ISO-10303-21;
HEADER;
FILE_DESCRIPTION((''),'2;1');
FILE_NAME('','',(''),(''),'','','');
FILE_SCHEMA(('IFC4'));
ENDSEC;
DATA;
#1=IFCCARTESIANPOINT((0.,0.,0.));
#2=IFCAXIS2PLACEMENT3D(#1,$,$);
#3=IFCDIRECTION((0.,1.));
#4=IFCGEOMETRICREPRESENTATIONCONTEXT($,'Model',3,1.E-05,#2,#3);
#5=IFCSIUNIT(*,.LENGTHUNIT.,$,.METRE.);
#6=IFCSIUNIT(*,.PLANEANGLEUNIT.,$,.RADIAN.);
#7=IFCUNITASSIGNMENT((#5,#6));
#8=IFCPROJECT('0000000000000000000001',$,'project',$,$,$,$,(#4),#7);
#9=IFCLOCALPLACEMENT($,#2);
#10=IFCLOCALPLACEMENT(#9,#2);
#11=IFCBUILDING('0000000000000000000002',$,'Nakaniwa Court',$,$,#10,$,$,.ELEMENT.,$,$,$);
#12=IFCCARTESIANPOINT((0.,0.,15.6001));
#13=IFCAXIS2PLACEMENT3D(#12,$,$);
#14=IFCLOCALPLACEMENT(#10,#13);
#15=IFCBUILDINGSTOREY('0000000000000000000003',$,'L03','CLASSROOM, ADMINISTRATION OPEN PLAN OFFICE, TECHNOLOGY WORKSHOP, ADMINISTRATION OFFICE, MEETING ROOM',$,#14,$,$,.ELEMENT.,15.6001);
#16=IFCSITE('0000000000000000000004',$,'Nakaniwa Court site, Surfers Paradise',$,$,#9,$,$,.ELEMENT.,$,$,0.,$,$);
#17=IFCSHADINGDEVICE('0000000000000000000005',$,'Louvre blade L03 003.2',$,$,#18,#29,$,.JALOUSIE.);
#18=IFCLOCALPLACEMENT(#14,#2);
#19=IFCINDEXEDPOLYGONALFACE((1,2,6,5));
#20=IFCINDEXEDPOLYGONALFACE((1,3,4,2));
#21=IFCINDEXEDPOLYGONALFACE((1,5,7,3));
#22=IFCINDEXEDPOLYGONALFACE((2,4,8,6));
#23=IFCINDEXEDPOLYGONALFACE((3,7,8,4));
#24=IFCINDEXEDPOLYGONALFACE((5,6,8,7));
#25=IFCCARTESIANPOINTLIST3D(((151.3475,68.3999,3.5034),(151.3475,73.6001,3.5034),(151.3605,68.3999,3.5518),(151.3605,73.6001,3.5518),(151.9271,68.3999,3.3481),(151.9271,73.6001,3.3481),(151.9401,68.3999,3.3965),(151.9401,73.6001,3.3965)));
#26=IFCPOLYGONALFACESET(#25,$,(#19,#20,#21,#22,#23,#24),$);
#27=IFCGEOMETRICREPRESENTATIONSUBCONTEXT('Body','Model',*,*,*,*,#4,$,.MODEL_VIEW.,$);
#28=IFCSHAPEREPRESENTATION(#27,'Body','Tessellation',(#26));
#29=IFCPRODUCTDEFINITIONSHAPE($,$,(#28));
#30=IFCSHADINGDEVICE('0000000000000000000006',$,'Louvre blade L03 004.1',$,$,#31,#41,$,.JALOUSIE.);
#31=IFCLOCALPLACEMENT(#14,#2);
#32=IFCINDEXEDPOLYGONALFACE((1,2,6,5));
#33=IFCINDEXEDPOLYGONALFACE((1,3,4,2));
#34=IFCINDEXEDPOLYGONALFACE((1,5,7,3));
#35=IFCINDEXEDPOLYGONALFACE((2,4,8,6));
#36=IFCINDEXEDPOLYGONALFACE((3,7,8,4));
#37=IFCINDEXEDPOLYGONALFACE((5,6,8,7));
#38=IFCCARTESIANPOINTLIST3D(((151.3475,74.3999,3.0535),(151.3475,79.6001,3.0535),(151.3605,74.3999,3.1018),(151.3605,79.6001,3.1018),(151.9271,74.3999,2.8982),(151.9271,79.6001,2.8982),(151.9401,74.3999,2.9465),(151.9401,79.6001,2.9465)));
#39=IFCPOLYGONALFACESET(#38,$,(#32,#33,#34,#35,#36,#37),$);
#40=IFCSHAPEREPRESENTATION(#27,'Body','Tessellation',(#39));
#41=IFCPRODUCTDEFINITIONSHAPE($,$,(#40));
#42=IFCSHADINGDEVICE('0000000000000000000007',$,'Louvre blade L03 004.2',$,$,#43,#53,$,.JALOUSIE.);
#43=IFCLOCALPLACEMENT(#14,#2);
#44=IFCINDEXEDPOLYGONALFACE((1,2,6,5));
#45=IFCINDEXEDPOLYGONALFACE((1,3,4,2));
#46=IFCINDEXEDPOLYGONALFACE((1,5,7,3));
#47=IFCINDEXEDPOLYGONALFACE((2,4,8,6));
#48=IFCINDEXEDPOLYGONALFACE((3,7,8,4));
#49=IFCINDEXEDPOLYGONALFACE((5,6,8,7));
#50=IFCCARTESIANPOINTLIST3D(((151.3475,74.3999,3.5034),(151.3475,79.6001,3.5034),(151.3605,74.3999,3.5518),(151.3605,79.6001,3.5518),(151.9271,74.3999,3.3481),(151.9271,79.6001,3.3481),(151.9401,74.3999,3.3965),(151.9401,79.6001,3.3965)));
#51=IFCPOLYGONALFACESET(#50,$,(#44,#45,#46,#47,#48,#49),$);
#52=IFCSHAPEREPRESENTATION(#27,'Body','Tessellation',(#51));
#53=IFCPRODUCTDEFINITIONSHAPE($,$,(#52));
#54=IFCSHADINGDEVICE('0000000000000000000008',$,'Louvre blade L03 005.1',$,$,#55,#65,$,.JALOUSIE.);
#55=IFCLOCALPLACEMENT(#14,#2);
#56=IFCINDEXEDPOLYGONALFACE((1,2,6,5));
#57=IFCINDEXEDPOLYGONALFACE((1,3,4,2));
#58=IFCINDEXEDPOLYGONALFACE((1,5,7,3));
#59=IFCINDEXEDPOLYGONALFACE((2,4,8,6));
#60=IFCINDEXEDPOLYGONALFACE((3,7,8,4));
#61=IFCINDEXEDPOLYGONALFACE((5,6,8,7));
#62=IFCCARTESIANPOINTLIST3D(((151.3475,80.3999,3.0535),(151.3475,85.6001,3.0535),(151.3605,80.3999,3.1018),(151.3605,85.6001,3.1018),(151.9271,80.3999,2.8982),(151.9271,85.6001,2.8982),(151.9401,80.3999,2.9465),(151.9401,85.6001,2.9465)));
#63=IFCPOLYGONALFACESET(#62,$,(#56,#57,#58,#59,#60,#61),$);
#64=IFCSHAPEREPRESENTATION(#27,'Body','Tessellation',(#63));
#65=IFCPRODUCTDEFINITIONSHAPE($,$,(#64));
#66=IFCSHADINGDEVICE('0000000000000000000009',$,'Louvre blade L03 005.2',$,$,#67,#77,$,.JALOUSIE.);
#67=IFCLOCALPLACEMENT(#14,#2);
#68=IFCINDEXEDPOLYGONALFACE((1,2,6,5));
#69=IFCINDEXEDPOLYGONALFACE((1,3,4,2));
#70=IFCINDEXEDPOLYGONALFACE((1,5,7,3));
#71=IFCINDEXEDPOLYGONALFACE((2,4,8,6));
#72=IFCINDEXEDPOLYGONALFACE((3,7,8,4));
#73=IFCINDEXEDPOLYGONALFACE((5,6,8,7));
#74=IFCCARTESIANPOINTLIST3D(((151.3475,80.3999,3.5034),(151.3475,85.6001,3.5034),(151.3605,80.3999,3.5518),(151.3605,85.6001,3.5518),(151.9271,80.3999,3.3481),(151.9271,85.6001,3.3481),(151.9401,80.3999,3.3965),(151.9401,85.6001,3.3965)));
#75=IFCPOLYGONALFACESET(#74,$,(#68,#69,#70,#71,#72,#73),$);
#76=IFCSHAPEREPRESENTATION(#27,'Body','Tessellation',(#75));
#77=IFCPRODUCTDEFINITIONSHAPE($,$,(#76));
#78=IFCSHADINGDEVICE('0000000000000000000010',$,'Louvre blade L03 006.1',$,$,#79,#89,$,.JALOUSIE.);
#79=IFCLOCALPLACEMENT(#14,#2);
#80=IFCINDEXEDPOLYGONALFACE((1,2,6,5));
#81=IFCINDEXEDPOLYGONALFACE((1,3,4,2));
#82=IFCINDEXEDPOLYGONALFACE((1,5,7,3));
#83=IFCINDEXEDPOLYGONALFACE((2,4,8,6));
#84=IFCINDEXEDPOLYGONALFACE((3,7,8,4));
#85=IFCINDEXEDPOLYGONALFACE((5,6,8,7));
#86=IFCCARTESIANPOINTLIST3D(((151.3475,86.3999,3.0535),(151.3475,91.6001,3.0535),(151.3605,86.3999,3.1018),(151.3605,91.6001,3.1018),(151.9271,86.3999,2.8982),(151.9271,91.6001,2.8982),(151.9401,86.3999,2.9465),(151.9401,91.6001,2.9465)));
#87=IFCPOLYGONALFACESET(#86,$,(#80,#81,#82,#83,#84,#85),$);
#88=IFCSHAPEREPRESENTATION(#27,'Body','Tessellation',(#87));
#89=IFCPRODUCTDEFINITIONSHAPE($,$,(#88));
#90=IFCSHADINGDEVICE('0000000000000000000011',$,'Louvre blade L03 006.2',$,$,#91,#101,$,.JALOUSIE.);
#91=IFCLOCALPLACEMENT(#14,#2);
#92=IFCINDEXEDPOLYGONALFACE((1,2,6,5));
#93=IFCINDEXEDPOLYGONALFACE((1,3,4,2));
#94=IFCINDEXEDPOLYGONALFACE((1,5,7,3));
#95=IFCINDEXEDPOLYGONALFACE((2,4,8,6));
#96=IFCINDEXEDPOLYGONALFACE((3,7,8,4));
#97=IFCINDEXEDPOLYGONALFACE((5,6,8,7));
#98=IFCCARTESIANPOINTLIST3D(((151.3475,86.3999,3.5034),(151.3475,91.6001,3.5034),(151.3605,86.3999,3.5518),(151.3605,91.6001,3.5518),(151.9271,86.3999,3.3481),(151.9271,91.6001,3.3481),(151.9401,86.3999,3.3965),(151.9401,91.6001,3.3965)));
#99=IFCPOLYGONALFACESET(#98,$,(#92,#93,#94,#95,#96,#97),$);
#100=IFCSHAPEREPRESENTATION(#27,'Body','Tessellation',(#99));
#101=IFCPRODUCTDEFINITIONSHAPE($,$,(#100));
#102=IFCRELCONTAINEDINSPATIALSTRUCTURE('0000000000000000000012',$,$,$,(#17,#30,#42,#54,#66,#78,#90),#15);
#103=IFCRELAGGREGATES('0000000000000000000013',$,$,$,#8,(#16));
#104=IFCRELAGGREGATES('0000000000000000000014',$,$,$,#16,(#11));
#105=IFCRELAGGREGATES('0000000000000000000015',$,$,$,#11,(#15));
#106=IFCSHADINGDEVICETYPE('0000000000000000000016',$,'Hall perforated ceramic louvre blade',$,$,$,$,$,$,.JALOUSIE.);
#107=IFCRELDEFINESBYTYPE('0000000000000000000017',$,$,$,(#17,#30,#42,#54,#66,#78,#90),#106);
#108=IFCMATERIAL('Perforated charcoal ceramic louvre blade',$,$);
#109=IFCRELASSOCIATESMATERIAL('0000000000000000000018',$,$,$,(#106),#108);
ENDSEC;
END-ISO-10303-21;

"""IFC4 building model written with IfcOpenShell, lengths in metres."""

from ifc_helpers import new_model, si_unit, direction, frame, origin, origin_2d, place, context, subcontext, project, spatial, rectangle, extrude, material, material_profile, profile_set, type_object, element, save


model = new_model("IFC4")

# Units and contexts
model_context = context("Model", 3, precision=1e-05, world=origin(), true_north=direction((0.0, 1.0)))
body_context = subcontext(model_context, "Body", "Model", "MODEL_VIEW")
ifc_project = project(units=[si_unit("LENGTHUNIT", "METRE"), si_unit("PLANEANGLEUNIT", "RADIAN")], contexts=[model_context])

# Site, building, storey
site_placement = place(None, origin())
site = spatial("IfcSite", under=ifc_project, at=site_placement, Name="Nakaniwa Court site, Surfers Paradise", CompositionType="ELEMENT", RefElevation=0.0)
building_placement = place(site_placement, origin())
building = spatial("IfcBuilding", under=site, at=building_placement, Name="Nakaniwa Court", CompositionType="ELEMENT")
storey_placement = place(building_placement, frame((0.0, 0.0, 15.6001)))
storey = spatial("IfcBuildingStorey", under=building, at=storey_placement, Name="L03", Description="CLASSROOM, ADMINISTRATION OPEN PLAN OFFICE, TECHNOLOGY WORKSHOP, ADMINISTRATION OFFICE, MEETING ROOM", CompositionType="ELEMENT", Elevation=15.6001)

# Shading devices
ifc_material_1 = material(Name="Perforated charcoal ceramic louvre blade")
ifc_material_profile_1 = material_profile(ifc_material_1, rectangle(XDim=0.6001, YDim=0.05, at=origin_2d()), Name="Hall perforated ceramic louvre blade")
ifc_profile_set_1 = profile_set([ifc_material_profile_1], Name="Perforated charcoal ceramic louvre blade")
shading_device_type = type_object("IfcShadingDeviceType", Name="Hall perforated ceramic louvre blade", PredefinedType="JALOUSIE", material=ifc_profile_set_1)
for number, where, z_axis, x_axis, name in (
    (1, (151.6438, 68.3999, 3.45), (0.0, 1.0, 0.0), (-0.965926, 0.0, 0.258819), "Louvre blade L03 003.2"),
    (2, (151.6438, 74.3999, 3.0), (0.0, 1.0, 0.0), (-0.965926, 0.0, 0.258819), "Louvre blade L03 004.1"),
    (3, (151.6438, 74.3999, 3.45), (0.0, 1.0, 0.0), (-0.965926, 0.0, 0.258819), "Louvre blade L03 004.2"),
    (4, (151.6438, 80.3999, 3.0), (0.0, 1.0, 0.0), (-0.965926, 0.0, 0.258819), "Louvre blade L03 005.1"),
    (5, (151.6438, 80.3999, 3.45), (0.0, 1.0, 0.0), (-0.965926, 0.0, 0.258819), "Louvre blade L03 005.2"),
    (6, (151.6438, 86.3999, 3.0), (0.0, 1.0, 0.0), (-0.965926, 0.0, 0.258819), "Louvre blade L03 006.1"),
    (7, (151.6438, 86.3999, 3.45), (0.0, 1.0, 0.0), (-0.965926, 0.0, 0.258819), "Louvre blade L03 006.2"),
):
    element("IfcShadingDevice", number, at=place(storey_placement, frame(where, z_axis=z_axis, x_axis=x_axis)), inside=storey, type_object=shading_device_type, Name=name, PredefinedType="JALOUSIE", context=body_context, shape_type="SweptSolid", body=[
        extrude(rectangle(XDim=0.6001, YDim=0.05, at=origin_2d()), origin(), (0.0, 0.0, 1.0), 5.2002),
    ])

save(model, "model.ifc")
